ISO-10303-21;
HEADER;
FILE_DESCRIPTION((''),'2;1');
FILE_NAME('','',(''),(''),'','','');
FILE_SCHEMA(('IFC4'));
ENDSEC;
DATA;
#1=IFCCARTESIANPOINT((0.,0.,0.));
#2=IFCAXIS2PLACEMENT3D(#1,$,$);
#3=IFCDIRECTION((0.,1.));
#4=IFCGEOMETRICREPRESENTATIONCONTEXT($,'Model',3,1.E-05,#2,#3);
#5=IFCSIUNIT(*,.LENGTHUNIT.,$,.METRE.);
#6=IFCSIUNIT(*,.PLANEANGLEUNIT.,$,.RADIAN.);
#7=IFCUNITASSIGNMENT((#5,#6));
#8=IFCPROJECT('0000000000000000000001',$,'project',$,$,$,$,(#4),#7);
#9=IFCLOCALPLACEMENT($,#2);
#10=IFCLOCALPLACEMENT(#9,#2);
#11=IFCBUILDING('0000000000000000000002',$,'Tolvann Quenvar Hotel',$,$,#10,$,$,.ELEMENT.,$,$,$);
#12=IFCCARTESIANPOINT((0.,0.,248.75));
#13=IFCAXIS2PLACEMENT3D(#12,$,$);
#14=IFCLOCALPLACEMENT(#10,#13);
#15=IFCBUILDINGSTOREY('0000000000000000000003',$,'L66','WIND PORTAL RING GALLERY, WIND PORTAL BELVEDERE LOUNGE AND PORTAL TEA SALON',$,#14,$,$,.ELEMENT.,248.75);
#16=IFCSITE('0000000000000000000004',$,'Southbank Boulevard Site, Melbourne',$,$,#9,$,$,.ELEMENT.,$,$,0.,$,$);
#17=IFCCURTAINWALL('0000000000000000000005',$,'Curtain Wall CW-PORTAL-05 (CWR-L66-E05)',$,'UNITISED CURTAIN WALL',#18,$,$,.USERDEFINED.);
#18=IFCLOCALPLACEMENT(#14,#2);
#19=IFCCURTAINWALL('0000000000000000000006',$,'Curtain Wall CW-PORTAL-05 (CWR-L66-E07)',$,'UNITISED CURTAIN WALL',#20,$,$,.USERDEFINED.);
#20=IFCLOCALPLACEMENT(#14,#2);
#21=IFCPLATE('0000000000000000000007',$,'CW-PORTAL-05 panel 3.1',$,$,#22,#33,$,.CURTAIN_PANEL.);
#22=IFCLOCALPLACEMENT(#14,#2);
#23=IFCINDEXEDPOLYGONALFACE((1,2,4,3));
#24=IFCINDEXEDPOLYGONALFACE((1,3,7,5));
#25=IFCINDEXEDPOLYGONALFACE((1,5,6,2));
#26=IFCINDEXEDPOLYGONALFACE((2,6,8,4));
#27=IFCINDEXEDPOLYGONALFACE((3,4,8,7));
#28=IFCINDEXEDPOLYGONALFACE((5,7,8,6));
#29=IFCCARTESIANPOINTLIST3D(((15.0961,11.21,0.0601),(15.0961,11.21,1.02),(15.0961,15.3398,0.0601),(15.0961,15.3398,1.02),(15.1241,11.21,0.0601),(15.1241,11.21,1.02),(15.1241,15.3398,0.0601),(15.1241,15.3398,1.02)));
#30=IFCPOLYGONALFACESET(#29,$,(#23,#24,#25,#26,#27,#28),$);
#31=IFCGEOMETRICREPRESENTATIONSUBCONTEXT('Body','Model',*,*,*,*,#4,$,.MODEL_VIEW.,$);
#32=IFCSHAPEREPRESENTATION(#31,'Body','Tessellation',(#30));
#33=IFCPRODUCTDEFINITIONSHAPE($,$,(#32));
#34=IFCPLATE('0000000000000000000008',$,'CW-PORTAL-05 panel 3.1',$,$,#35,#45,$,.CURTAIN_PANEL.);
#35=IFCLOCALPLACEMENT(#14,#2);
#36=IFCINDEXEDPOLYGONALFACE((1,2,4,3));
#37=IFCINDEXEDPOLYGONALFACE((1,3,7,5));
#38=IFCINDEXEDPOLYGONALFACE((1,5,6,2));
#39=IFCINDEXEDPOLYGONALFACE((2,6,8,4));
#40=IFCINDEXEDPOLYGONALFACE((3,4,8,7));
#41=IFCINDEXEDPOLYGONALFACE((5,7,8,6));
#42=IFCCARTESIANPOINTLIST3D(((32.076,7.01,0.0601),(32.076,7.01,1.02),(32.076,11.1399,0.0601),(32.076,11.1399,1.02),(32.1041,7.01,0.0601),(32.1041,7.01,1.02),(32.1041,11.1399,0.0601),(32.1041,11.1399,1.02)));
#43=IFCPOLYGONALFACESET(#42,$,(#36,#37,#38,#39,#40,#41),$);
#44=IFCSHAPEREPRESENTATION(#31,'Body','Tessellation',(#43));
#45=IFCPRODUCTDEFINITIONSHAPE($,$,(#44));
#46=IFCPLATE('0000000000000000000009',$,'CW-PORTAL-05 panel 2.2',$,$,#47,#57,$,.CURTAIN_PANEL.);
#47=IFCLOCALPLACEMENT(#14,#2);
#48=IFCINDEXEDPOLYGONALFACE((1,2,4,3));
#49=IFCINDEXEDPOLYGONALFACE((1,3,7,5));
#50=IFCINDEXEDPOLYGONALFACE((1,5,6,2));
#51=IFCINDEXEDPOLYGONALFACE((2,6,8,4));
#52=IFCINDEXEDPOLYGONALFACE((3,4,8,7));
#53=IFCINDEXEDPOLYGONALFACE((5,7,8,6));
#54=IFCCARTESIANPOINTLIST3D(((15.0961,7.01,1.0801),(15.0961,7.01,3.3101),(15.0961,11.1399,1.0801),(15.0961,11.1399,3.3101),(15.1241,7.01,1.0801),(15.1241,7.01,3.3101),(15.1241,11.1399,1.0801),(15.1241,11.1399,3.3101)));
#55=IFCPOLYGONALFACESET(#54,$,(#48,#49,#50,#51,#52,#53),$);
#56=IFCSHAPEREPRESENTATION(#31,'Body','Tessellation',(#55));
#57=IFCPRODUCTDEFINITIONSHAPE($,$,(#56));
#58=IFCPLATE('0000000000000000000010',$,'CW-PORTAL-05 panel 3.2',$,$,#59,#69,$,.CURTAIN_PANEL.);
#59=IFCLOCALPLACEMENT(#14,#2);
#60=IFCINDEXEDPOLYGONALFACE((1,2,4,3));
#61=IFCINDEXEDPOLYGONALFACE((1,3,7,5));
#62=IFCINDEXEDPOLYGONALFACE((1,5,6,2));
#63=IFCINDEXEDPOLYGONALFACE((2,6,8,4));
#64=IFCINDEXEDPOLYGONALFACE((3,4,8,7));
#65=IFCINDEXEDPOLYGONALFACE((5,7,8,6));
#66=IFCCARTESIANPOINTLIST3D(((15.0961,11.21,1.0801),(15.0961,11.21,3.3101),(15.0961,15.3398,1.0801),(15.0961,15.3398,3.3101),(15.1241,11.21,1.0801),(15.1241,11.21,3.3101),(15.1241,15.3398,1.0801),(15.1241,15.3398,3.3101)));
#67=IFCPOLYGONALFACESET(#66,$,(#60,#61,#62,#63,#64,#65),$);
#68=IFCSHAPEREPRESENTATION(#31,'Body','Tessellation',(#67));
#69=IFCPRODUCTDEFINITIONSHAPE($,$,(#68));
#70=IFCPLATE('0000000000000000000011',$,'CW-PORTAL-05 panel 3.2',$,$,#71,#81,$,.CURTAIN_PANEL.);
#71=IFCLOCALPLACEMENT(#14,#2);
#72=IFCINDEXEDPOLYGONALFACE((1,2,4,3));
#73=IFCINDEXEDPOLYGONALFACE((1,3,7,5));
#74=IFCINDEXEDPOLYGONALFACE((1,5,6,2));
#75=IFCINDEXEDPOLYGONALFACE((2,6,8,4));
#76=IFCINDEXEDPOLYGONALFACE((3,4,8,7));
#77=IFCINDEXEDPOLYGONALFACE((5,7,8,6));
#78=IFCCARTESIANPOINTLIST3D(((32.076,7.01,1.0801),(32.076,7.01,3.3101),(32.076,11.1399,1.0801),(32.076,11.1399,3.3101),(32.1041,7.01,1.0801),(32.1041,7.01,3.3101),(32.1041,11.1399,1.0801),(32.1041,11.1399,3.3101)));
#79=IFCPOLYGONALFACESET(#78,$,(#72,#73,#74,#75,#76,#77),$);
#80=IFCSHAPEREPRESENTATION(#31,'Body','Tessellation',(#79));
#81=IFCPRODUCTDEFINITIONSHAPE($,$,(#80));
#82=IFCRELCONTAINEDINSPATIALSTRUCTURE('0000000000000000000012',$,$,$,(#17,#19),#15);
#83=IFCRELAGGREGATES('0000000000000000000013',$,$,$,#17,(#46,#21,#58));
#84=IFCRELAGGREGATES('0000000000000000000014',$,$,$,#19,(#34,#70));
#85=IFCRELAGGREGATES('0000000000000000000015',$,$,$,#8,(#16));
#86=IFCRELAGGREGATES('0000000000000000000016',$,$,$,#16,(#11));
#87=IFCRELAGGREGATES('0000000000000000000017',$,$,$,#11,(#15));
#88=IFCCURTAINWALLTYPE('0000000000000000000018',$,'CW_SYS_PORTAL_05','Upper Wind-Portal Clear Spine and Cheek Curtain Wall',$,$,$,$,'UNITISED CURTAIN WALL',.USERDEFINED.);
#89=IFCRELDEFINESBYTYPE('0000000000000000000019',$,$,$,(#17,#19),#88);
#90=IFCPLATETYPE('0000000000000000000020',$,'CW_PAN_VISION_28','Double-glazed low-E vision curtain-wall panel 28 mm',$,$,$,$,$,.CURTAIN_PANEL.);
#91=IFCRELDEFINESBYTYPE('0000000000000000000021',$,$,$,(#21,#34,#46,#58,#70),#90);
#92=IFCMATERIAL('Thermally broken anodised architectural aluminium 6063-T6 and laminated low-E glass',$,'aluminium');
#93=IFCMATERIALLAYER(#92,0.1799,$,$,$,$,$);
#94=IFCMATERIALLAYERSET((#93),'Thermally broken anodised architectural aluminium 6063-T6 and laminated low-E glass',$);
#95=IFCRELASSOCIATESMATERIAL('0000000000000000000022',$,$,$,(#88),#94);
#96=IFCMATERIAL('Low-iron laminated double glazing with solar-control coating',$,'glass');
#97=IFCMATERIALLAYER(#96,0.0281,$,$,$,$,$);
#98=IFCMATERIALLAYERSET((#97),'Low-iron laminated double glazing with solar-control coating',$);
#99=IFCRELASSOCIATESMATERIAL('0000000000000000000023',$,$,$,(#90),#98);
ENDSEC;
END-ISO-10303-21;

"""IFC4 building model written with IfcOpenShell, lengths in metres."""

from ifc_helpers import new_model, si_unit, direction, frame, origin, origin_2d, place, context, subcontext, project, spatial, rectangle, extrude, source, transform, mapped, material, layer, layer_set, type_object, element, aggregate, save


model = new_model("IFC4")

# Units and contexts
model_context = context("Model", 3, precision=1e-05, world=origin(), true_north=direction((0.0, 1.0)))
body_context = subcontext(model_context, "Body", "Model", "MODEL_VIEW")
ifc_project = project(units=[si_unit("LENGTHUNIT", "METRE"), si_unit("PLANEANGLEUNIT", "RADIAN")], contexts=[model_context])

# Site, building, storey
site_placement = place(None, origin())
site = spatial("IfcSite", under=ifc_project, at=site_placement, Name="Southbank Boulevard Site, Melbourne", CompositionType="ELEMENT", RefElevation=0.0)
building_placement = place(site_placement, origin())
building = spatial("IfcBuilding", under=site, at=building_placement, Name="Tolvann Quenvar Hotel", CompositionType="ELEMENT")
storey_placement = place(building_placement, frame((0.0, 0.0, 248.75)))
storey = spatial("IfcBuildingStorey", under=building, at=storey_placement, Name="L66", Description="WIND PORTAL RING GALLERY, WIND PORTAL BELVEDERE LOUNGE AND PORTAL TEA SALON", CompositionType="ELEMENT", Elevation=248.75)

# Curtain walls
ifc_material_1 = material(Name="Thermally broken anodised architectural aluminium 6063-T6 and laminated low-E glass", Category="aluminium")
ifc_layer_1 = layer(ifc_material_1, 0.1799)
ifc_layer_set_1 = layer_set([ifc_layer_1], Name="Thermally broken anodised architectural aluminium 6063-T6 and laminated low-E glass")
curtain_wall_type = type_object("IfcCurtainWallType", Name="CW_SYS_PORTAL_05", Description="Upper Wind-Portal Clear Spine and Cheek Curtain Wall", ElementType="UNITISED CURTAIN WALL", PredefinedType="USERDEFINED", material=ifc_layer_set_1)
curtain_wall_1_placement = place(storey_placement, origin())
curtain_wall_1 = element("IfcCurtainWall", 1, at=curtain_wall_1_placement, inside=storey, type_object=curtain_wall_type, Name="Curtain Wall CW-PORTAL-05 (CWR-L66-E05)", ObjectType="UNITISED CURTAIN WALL", PredefinedType="USERDEFINED")
curtain_wall_2_placement = place(storey_placement, origin())
curtain_wall_2 = element("IfcCurtainWall", 2, at=curtain_wall_2_placement, inside=storey, type_object=curtain_wall_type, Name="Curtain Wall CW-PORTAL-05 (CWR-L66-E07)", ObjectType="UNITISED CURTAIN WALL", PredefinedType="USERDEFINED")

# Plates
ifc_material_2 = material(Name="Low-iron laminated double glazing with solar-control coating", Category="glass")
ifc_layer_2 = layer(ifc_material_2, 0.0281)
ifc_layer_set_2 = layer_set([ifc_layer_2], Name="Low-iron laminated double glazing with solar-control coating")
plate_type = type_object("IfcPlateType", Name="CW_PAN_VISION_28", Description="Double-glazed low-E vision curtain-wall panel 28 mm", PredefinedType="CURTAIN_PANEL", material=ifc_layer_set_2)
shared_shape_1 = source(origin(), body_context, "Body", "SweptSolid", [
    extrude(rectangle(XDim=4.1299, YDim=0.0281, at=origin_2d()), origin(), (0.0, 0.0, 1.0), 0.96),
])
plate_1_placement = place(storey_placement, frame((15.1101, 13.2749, 0.0601), z_axis=(0.0, 0.0, 1.0), x_axis=(0.0, 1.0, 0.0)))
plate_1 = element("IfcPlate", 3, at=plate_1_placement, type_object=plate_type, Name="CW-PORTAL-05 panel 3.1", PredefinedType="CURTAIN_PANEL", context=body_context, shape_type="MappedRepresentation", body=[
    mapped(shared_shape_1, transform((0.0, 0.0, 0.0), x_axis=(1.0, 0.0, 0.0), y_axis=(0.0, 1.0, 0.0), z_axis=(0.0, 0.0, 1.0), scale=1.0)),
])
plate_2_placement = place(storey_placement, frame((32.0901, 9.075, 0.0601), z_axis=(0.0, 0.0, 1.0), x_axis=(0.0, -1.0, 0.0)))
plate_2 = element("IfcPlate", 4, at=plate_2_placement, type_object=plate_type, Name="CW-PORTAL-05 panel 3.1", PredefinedType="CURTAIN_PANEL", context=body_context, shape_type="MappedRepresentation", body=[
    mapped(shared_shape_1, transform((0.0, 0.0, 0.0), x_axis=(1.0, 0.0, 0.0), y_axis=(0.0, 1.0, 0.0), z_axis=(0.0, 0.0, 1.0), scale=1.0)),
])
shared_shape_2 = source(origin(), body_context, "Body", "SweptSolid", [
    extrude(rectangle(XDim=4.1299, YDim=0.0281, at=origin_2d()), origin(), (0.0, 0.0, 1.0), 2.23),
])
plate_3_placement = place(storey_placement, frame((15.1101, 9.075, 1.0801), z_axis=(0.0, 0.0, 1.0), x_axis=(0.0, 1.0, 0.0)))
plate_3 = element("IfcPlate", 5, at=plate_3_placement, type_object=plate_type, Name="CW-PORTAL-05 panel 2.2", PredefinedType="CURTAIN_PANEL", context=body_context, shape_type="MappedRepresentation", body=[
    mapped(shared_shape_2, transform((0.0, 0.0, 0.0), x_axis=(1.0, 0.0, 0.0), y_axis=(0.0, 1.0, 0.0), z_axis=(0.0, 0.0, 1.0), scale=1.0)),
])
plate_4_placement = place(storey_placement, frame((15.1101, 13.2749, 1.0801), z_axis=(0.0, 0.0, 1.0), x_axis=(0.0, 1.0, 0.0)))
plate_4 = element("IfcPlate", 6, at=plate_4_placement, type_object=plate_type, Name="CW-PORTAL-05 panel 3.2", PredefinedType="CURTAIN_PANEL", context=body_context, shape_type="MappedRepresentation", body=[
    mapped(shared_shape_2, transform((0.0, 0.0, 0.0), x_axis=(1.0, 0.0, 0.0), y_axis=(0.0, 1.0, 0.0), z_axis=(0.0, 0.0, 1.0), scale=1.0)),
])
aggregate(curtain_wall_1, [plate_3, plate_1, plate_4])
plate_5_placement = place(storey_placement, frame((32.0901, 9.075, 1.0801), z_axis=(0.0, 0.0, 1.0), x_axis=(0.0, -1.0, 0.0)))
plate_5 = element("IfcPlate", 7, at=plate_5_placement, type_object=plate_type, Name="CW-PORTAL-05 panel 3.2", PredefinedType="CURTAIN_PANEL", context=body_context, shape_type="MappedRepresentation", body=[
    mapped(shared_shape_2, transform((0.0, 0.0, 0.0), x_axis=(1.0, 0.0, 0.0), y_axis=(0.0, 1.0, 0.0), z_axis=(0.0, 0.0, 1.0), scale=1.0)),
])
aggregate(curtain_wall_2, [plate_2, plate_5])

save(model, "model.ifc")
